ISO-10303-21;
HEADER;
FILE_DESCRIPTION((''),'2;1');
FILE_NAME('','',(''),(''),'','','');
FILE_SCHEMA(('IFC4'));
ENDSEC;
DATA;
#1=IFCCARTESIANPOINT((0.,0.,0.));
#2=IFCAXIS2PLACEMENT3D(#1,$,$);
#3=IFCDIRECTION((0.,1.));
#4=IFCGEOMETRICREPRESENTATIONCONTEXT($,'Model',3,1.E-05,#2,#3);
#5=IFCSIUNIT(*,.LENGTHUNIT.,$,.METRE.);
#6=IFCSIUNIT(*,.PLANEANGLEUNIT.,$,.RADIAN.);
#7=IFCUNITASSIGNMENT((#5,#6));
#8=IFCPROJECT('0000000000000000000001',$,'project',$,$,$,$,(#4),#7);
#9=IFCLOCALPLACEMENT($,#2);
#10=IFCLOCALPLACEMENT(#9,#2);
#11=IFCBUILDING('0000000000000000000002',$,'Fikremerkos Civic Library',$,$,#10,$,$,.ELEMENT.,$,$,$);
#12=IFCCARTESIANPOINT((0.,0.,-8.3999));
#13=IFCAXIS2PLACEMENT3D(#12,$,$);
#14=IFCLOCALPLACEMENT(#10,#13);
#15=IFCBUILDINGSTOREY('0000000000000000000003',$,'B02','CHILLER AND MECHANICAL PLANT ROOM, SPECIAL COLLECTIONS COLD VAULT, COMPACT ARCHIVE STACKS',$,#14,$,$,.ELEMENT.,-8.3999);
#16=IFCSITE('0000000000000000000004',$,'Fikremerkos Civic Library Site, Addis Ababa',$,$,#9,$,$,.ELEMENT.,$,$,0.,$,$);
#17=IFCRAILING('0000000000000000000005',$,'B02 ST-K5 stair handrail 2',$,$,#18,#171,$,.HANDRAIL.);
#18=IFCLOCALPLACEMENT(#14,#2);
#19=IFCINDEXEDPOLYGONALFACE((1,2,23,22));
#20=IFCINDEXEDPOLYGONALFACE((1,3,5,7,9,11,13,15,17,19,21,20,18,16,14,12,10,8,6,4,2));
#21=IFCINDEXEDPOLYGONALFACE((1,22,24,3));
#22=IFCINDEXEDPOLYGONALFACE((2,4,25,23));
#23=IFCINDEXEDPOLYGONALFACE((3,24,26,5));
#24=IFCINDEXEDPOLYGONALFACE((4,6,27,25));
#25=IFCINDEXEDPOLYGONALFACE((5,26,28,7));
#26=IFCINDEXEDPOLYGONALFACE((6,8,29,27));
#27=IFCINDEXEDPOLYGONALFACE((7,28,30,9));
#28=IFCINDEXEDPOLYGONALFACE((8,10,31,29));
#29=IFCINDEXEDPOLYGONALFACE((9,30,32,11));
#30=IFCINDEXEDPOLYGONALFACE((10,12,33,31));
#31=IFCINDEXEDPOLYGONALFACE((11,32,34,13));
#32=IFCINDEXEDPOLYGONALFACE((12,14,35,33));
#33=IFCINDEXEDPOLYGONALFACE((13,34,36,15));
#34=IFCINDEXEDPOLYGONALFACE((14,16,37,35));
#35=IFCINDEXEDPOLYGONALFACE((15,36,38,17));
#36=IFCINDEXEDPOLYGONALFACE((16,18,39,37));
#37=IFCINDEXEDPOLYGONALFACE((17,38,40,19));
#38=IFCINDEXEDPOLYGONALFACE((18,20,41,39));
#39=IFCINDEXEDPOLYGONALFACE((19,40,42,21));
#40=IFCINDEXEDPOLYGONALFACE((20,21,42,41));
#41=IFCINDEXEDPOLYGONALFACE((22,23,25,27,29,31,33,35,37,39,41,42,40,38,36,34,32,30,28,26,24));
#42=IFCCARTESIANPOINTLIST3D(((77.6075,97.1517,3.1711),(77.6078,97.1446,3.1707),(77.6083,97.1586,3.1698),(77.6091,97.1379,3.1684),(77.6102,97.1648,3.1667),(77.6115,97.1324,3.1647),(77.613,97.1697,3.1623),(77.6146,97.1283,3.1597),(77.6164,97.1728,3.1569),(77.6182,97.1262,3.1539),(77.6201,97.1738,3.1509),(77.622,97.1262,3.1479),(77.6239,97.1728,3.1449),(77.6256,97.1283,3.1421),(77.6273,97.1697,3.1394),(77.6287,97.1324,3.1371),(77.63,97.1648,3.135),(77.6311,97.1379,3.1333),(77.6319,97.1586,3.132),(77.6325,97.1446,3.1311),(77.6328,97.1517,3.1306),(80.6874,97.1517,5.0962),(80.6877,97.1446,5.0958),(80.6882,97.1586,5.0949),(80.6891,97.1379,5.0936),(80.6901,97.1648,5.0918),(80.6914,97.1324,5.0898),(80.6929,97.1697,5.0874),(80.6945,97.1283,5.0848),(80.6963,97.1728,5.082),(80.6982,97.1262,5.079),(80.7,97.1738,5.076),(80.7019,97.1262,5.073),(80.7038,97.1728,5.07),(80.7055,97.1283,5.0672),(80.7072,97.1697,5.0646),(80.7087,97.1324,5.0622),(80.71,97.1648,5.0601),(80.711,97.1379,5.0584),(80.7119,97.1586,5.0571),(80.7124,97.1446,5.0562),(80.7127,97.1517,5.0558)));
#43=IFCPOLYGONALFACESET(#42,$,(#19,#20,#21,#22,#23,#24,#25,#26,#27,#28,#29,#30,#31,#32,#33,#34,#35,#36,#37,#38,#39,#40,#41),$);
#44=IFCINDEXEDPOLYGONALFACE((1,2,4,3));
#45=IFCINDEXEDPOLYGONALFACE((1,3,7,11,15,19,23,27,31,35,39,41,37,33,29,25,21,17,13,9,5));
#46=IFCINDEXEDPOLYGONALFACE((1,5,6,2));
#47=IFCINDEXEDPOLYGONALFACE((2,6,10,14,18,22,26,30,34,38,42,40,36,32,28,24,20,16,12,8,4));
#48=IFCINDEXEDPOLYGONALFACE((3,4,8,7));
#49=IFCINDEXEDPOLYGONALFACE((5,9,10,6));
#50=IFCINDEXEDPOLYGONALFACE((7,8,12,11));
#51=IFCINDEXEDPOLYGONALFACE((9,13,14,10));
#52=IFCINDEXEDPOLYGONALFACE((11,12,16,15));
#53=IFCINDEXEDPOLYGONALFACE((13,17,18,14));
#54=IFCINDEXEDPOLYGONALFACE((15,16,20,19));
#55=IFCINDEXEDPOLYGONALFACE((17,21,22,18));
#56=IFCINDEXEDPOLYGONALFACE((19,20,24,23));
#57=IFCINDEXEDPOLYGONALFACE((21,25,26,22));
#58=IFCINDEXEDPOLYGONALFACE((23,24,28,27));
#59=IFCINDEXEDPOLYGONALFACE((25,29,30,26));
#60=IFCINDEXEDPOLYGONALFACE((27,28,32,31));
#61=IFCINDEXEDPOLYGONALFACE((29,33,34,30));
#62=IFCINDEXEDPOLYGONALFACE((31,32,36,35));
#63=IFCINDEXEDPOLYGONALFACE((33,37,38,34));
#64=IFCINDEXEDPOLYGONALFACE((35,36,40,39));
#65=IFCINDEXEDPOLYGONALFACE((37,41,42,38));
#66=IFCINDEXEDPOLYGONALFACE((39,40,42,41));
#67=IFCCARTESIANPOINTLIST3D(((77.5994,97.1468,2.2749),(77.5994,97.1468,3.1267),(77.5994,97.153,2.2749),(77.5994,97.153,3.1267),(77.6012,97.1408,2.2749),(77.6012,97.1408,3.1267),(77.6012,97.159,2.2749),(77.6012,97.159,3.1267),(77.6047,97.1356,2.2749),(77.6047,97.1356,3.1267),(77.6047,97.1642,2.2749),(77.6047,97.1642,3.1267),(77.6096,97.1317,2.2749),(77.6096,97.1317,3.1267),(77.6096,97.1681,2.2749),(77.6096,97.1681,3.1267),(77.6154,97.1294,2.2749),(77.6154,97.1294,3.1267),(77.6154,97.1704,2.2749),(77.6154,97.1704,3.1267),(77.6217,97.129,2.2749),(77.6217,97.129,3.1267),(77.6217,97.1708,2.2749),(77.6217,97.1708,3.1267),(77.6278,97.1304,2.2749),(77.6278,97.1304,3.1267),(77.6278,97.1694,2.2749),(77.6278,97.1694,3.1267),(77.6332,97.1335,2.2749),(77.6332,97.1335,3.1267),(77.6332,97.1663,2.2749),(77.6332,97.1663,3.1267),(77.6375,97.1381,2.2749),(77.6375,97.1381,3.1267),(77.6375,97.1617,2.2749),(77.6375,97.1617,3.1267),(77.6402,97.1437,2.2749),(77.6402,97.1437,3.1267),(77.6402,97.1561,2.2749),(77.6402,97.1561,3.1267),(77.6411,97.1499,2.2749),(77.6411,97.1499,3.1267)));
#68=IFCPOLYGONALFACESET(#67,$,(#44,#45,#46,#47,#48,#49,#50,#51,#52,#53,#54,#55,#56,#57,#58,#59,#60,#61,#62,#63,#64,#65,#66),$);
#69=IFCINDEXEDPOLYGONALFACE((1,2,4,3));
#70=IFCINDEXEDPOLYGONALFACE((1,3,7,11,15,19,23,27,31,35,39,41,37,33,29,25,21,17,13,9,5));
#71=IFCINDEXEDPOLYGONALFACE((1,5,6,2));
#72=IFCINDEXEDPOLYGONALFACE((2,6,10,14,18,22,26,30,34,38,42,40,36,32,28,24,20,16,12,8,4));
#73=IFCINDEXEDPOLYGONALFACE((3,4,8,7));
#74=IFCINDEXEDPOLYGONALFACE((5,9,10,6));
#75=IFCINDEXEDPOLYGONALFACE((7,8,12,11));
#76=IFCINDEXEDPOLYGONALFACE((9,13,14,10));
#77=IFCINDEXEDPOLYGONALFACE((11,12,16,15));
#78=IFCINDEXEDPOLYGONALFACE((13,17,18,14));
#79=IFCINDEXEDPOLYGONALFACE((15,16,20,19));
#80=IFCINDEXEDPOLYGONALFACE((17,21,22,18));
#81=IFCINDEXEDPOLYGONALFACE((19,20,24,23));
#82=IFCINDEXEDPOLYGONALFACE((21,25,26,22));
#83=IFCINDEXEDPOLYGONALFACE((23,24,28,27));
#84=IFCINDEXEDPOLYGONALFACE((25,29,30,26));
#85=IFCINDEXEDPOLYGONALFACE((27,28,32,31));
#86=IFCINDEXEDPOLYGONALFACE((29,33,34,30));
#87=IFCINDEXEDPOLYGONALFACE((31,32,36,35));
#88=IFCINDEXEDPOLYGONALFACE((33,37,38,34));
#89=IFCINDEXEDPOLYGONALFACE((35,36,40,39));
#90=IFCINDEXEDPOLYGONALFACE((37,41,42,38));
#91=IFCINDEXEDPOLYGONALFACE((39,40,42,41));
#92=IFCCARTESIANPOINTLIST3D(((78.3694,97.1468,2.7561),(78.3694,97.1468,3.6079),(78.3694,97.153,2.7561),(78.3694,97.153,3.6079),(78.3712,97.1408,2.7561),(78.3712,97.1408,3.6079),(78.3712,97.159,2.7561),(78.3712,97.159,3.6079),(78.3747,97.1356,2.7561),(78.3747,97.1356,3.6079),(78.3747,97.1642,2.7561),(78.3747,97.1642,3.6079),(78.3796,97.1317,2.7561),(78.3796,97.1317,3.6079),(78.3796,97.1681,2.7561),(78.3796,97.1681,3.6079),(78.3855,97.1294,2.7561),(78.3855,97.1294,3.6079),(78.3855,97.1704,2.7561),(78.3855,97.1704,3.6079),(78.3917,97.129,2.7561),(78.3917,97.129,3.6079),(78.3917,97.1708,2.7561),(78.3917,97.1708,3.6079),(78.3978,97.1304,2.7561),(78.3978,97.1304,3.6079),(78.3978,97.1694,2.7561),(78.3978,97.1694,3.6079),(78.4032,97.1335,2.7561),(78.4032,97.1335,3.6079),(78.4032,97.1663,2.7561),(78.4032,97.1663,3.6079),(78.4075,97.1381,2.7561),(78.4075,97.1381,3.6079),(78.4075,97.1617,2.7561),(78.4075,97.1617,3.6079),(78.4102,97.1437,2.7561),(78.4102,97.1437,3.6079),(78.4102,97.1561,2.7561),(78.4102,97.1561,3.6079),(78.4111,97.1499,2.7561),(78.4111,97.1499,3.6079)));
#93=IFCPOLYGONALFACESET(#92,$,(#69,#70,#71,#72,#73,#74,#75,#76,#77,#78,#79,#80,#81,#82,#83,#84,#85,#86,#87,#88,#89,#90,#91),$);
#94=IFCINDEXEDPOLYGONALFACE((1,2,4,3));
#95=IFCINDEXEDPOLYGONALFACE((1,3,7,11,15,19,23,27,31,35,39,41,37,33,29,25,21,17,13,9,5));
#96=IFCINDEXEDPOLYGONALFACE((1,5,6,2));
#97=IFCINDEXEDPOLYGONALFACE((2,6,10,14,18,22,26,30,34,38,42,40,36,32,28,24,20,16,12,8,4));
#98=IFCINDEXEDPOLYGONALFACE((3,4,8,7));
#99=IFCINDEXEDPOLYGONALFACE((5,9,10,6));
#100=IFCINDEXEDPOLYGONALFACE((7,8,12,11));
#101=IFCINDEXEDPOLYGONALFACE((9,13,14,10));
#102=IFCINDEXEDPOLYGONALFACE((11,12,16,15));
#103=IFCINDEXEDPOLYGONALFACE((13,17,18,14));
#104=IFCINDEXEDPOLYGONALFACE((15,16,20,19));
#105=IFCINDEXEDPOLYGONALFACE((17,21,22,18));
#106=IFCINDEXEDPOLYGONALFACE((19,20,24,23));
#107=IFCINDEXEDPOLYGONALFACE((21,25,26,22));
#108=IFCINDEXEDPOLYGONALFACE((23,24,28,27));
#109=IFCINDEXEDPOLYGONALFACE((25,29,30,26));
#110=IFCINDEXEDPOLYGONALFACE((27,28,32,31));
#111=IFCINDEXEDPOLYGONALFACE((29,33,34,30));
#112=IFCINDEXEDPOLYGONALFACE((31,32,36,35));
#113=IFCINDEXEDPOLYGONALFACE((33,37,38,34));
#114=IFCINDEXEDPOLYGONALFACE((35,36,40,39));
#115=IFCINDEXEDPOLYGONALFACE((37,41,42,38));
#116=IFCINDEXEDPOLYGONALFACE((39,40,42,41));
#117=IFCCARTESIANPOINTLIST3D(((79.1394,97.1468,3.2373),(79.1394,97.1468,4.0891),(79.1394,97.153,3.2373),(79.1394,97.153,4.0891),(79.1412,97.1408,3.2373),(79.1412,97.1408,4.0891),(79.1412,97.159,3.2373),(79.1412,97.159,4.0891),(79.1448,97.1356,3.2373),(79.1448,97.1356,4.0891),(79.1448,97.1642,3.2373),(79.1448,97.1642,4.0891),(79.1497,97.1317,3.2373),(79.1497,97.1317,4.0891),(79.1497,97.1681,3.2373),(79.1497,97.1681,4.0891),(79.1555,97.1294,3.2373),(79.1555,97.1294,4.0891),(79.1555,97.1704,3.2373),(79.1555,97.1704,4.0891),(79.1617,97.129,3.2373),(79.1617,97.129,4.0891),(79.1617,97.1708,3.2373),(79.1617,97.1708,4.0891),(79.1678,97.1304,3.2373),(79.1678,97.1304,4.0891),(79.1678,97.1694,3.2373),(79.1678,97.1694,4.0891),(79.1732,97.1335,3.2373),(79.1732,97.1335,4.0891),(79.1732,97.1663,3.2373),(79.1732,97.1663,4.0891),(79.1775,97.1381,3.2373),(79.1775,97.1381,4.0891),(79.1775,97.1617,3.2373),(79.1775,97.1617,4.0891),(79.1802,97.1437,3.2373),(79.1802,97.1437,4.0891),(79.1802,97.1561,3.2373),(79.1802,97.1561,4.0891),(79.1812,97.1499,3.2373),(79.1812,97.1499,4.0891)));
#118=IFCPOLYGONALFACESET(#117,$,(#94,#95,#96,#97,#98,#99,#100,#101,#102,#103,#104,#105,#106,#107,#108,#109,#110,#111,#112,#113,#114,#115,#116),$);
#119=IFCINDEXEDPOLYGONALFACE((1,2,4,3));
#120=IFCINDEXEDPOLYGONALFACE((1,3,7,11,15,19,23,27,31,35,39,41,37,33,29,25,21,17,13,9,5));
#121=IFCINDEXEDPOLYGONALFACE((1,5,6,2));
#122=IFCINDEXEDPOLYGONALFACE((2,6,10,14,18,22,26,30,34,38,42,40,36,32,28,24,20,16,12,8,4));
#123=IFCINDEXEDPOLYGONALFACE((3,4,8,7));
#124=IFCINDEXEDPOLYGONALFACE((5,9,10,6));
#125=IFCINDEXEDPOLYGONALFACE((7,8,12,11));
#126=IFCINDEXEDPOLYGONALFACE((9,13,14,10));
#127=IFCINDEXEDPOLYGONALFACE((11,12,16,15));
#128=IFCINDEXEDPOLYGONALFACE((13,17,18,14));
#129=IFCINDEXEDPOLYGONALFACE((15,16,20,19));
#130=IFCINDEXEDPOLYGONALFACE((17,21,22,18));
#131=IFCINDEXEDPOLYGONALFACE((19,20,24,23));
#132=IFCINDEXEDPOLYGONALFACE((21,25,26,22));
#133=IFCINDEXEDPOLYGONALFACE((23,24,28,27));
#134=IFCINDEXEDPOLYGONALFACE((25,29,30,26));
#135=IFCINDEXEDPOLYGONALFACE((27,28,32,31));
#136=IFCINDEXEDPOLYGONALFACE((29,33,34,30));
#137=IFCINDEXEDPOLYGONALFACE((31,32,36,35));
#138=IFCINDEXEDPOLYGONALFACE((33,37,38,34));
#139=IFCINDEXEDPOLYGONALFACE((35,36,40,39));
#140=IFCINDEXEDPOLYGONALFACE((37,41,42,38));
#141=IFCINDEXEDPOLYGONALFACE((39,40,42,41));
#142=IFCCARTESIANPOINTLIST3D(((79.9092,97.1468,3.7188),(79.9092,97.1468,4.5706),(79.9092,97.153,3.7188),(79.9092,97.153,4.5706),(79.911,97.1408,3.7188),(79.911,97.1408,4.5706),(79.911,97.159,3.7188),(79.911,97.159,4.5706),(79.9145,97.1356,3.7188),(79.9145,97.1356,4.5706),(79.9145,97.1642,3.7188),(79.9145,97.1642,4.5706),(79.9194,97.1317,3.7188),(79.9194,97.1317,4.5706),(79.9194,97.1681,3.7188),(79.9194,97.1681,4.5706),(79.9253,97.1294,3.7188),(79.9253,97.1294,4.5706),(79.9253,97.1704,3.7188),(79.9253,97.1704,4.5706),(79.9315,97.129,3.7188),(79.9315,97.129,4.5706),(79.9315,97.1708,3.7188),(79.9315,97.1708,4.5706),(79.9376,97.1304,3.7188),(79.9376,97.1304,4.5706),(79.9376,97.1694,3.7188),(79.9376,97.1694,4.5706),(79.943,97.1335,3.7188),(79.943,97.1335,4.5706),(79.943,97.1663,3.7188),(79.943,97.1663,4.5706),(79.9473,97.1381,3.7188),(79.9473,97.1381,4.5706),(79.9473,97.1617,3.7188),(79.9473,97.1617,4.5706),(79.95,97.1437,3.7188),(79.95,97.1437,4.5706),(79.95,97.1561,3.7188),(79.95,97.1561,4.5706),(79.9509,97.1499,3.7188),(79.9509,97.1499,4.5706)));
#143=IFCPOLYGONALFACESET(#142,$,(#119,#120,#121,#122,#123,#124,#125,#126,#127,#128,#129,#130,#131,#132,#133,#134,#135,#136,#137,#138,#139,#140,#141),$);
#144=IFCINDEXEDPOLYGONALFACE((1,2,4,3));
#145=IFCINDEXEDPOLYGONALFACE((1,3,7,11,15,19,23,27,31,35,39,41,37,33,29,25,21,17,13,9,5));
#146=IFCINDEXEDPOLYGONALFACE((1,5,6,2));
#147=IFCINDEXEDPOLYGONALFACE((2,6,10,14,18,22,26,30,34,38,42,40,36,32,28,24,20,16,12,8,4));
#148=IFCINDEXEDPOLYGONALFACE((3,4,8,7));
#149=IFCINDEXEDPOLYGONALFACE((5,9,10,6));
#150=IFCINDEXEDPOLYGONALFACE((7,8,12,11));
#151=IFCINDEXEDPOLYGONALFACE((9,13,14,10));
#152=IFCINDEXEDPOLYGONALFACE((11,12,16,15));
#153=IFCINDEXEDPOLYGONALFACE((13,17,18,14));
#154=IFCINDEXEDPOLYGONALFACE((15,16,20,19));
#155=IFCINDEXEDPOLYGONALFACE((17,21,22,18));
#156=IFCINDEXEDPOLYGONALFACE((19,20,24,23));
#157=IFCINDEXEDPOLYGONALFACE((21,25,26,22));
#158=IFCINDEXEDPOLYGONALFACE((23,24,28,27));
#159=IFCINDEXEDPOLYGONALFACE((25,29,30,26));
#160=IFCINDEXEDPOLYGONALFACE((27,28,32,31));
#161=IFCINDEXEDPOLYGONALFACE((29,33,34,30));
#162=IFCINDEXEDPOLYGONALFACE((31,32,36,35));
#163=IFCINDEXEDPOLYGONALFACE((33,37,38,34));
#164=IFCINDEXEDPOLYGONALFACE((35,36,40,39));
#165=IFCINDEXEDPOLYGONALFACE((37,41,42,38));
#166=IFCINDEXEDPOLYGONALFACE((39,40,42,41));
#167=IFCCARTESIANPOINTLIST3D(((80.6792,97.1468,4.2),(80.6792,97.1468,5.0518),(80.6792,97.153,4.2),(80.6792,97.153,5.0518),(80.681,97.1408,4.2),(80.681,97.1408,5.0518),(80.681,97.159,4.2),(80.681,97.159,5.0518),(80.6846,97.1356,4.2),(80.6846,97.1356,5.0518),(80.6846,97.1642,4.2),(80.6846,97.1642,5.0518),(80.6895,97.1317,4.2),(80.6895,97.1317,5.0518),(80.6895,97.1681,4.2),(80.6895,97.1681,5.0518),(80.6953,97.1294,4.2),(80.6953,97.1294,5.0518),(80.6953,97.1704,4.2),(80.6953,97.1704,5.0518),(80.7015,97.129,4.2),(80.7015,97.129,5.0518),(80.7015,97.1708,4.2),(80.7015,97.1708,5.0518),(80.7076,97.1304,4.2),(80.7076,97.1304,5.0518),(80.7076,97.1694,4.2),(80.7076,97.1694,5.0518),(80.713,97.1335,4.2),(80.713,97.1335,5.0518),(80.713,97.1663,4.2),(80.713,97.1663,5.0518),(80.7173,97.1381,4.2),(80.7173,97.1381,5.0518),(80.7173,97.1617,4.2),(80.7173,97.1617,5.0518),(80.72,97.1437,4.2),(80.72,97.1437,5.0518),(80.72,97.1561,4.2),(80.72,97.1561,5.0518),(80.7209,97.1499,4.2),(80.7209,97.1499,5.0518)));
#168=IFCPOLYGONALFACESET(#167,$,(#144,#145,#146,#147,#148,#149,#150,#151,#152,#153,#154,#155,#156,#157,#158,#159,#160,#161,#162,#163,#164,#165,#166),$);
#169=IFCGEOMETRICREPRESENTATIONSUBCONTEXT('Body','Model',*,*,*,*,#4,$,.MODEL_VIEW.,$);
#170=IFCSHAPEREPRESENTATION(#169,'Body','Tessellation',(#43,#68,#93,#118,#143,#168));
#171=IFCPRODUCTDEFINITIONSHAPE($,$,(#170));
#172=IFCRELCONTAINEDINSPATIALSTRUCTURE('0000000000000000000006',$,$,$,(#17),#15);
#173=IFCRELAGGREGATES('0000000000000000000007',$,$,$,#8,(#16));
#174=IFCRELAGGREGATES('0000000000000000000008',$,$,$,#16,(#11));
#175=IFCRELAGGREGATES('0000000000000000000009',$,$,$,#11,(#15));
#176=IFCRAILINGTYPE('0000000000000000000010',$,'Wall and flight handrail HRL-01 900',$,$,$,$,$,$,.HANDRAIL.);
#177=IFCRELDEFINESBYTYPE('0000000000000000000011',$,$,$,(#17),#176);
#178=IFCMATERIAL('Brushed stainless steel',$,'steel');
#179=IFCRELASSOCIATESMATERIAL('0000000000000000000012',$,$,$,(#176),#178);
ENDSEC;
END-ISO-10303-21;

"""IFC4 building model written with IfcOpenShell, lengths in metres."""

from ifc_helpers import new_model, si_unit, direction, frame, origin, origin_2d, place, context, subcontext, project, spatial, circle, extrude, material, type_object, element, save


model = new_model("IFC4")

# Units and contexts
model_context = context("Model", 3, precision=1e-05, world=origin(), true_north=direction((0.0, 1.0)))
body_context = subcontext(model_context, "Body", "Model", "MODEL_VIEW")
ifc_project = project(units=[si_unit("LENGTHUNIT", "METRE"), si_unit("PLANEANGLEUNIT", "RADIAN")], contexts=[model_context])

# Site, building, storey
site_placement = place(None, origin())
site = spatial("IfcSite", under=ifc_project, at=site_placement, Name="Fikremerkos Civic Library Site, Addis Ababa", CompositionType="ELEMENT", RefElevation=0.0)
building_placement = place(site_placement, origin())
building = spatial("IfcBuilding", under=site, at=building_placement, Name="Fikremerkos Civic Library", CompositionType="ELEMENT")
storey_placement = place(building_placement, frame((0.0, 0.0, -8.3999)))
storey = spatial("IfcBuildingStorey", under=building, at=storey_placement, Name="B02", Description="CHILLER AND MECHANICAL PLANT ROOM, SPECIAL COLLECTIONS COLD VAULT, COMPACT ARCHIVE STACKS", CompositionType="ELEMENT", Elevation=-8.3999)

# Railing
ifc_material_1 = material(Name="Brushed stainless steel", Category="steel")
railing_type = type_object("IfcRailingType", Name="Wall and flight handrail HRL-01 900", PredefinedType="HANDRAIL", material=ifc_material_1)
railing_placement = place(storey_placement, frame((77.6201, 97.1499, 2.2749)))
element("IfcRailing", 1, at=railing_placement, inside=storey, type_object=railing_type, Name="B02 ST-K5 stair handrail 2", PredefinedType="HANDRAIL", context=body_context, shape_type="SweptSolid", body=[
    extrude(circle(Radius=0.0239, at=origin_2d()), frame((0.0, 0.0, 0.876), z_axis=(0.847979, 0.0, 0.530029), x_axis=(0.0, 1.0, 0.0)), (0.0, 0.0, 1.0), 3.6321),
    extrude(circle(Radius=0.021, at=origin_2d()), origin(), (0.0, 0.0, 1.0), 0.8518),
    extrude(circle(Radius=0.021, at=origin_2d()), frame((0.77, 0.0, 0.4812)), (0.0, 0.0, 1.0), 0.8518),
    extrude(circle(Radius=0.021, at=origin_2d()), frame((1.54, 0.0, 0.9624)), (0.0, 0.0, 1.0), 0.8518),
    extrude(circle(Radius=0.021, at=origin_2d()), frame((2.3098, 0.0, 1.4438)), (0.0, 0.0, 1.0), 0.8518),
    extrude(circle(Radius=0.021, at=origin_2d()), frame((3.0798, 0.0, 1.925)), (0.0, 0.0, 1.0), 0.8518),
])

save(model, "model.ifc")
